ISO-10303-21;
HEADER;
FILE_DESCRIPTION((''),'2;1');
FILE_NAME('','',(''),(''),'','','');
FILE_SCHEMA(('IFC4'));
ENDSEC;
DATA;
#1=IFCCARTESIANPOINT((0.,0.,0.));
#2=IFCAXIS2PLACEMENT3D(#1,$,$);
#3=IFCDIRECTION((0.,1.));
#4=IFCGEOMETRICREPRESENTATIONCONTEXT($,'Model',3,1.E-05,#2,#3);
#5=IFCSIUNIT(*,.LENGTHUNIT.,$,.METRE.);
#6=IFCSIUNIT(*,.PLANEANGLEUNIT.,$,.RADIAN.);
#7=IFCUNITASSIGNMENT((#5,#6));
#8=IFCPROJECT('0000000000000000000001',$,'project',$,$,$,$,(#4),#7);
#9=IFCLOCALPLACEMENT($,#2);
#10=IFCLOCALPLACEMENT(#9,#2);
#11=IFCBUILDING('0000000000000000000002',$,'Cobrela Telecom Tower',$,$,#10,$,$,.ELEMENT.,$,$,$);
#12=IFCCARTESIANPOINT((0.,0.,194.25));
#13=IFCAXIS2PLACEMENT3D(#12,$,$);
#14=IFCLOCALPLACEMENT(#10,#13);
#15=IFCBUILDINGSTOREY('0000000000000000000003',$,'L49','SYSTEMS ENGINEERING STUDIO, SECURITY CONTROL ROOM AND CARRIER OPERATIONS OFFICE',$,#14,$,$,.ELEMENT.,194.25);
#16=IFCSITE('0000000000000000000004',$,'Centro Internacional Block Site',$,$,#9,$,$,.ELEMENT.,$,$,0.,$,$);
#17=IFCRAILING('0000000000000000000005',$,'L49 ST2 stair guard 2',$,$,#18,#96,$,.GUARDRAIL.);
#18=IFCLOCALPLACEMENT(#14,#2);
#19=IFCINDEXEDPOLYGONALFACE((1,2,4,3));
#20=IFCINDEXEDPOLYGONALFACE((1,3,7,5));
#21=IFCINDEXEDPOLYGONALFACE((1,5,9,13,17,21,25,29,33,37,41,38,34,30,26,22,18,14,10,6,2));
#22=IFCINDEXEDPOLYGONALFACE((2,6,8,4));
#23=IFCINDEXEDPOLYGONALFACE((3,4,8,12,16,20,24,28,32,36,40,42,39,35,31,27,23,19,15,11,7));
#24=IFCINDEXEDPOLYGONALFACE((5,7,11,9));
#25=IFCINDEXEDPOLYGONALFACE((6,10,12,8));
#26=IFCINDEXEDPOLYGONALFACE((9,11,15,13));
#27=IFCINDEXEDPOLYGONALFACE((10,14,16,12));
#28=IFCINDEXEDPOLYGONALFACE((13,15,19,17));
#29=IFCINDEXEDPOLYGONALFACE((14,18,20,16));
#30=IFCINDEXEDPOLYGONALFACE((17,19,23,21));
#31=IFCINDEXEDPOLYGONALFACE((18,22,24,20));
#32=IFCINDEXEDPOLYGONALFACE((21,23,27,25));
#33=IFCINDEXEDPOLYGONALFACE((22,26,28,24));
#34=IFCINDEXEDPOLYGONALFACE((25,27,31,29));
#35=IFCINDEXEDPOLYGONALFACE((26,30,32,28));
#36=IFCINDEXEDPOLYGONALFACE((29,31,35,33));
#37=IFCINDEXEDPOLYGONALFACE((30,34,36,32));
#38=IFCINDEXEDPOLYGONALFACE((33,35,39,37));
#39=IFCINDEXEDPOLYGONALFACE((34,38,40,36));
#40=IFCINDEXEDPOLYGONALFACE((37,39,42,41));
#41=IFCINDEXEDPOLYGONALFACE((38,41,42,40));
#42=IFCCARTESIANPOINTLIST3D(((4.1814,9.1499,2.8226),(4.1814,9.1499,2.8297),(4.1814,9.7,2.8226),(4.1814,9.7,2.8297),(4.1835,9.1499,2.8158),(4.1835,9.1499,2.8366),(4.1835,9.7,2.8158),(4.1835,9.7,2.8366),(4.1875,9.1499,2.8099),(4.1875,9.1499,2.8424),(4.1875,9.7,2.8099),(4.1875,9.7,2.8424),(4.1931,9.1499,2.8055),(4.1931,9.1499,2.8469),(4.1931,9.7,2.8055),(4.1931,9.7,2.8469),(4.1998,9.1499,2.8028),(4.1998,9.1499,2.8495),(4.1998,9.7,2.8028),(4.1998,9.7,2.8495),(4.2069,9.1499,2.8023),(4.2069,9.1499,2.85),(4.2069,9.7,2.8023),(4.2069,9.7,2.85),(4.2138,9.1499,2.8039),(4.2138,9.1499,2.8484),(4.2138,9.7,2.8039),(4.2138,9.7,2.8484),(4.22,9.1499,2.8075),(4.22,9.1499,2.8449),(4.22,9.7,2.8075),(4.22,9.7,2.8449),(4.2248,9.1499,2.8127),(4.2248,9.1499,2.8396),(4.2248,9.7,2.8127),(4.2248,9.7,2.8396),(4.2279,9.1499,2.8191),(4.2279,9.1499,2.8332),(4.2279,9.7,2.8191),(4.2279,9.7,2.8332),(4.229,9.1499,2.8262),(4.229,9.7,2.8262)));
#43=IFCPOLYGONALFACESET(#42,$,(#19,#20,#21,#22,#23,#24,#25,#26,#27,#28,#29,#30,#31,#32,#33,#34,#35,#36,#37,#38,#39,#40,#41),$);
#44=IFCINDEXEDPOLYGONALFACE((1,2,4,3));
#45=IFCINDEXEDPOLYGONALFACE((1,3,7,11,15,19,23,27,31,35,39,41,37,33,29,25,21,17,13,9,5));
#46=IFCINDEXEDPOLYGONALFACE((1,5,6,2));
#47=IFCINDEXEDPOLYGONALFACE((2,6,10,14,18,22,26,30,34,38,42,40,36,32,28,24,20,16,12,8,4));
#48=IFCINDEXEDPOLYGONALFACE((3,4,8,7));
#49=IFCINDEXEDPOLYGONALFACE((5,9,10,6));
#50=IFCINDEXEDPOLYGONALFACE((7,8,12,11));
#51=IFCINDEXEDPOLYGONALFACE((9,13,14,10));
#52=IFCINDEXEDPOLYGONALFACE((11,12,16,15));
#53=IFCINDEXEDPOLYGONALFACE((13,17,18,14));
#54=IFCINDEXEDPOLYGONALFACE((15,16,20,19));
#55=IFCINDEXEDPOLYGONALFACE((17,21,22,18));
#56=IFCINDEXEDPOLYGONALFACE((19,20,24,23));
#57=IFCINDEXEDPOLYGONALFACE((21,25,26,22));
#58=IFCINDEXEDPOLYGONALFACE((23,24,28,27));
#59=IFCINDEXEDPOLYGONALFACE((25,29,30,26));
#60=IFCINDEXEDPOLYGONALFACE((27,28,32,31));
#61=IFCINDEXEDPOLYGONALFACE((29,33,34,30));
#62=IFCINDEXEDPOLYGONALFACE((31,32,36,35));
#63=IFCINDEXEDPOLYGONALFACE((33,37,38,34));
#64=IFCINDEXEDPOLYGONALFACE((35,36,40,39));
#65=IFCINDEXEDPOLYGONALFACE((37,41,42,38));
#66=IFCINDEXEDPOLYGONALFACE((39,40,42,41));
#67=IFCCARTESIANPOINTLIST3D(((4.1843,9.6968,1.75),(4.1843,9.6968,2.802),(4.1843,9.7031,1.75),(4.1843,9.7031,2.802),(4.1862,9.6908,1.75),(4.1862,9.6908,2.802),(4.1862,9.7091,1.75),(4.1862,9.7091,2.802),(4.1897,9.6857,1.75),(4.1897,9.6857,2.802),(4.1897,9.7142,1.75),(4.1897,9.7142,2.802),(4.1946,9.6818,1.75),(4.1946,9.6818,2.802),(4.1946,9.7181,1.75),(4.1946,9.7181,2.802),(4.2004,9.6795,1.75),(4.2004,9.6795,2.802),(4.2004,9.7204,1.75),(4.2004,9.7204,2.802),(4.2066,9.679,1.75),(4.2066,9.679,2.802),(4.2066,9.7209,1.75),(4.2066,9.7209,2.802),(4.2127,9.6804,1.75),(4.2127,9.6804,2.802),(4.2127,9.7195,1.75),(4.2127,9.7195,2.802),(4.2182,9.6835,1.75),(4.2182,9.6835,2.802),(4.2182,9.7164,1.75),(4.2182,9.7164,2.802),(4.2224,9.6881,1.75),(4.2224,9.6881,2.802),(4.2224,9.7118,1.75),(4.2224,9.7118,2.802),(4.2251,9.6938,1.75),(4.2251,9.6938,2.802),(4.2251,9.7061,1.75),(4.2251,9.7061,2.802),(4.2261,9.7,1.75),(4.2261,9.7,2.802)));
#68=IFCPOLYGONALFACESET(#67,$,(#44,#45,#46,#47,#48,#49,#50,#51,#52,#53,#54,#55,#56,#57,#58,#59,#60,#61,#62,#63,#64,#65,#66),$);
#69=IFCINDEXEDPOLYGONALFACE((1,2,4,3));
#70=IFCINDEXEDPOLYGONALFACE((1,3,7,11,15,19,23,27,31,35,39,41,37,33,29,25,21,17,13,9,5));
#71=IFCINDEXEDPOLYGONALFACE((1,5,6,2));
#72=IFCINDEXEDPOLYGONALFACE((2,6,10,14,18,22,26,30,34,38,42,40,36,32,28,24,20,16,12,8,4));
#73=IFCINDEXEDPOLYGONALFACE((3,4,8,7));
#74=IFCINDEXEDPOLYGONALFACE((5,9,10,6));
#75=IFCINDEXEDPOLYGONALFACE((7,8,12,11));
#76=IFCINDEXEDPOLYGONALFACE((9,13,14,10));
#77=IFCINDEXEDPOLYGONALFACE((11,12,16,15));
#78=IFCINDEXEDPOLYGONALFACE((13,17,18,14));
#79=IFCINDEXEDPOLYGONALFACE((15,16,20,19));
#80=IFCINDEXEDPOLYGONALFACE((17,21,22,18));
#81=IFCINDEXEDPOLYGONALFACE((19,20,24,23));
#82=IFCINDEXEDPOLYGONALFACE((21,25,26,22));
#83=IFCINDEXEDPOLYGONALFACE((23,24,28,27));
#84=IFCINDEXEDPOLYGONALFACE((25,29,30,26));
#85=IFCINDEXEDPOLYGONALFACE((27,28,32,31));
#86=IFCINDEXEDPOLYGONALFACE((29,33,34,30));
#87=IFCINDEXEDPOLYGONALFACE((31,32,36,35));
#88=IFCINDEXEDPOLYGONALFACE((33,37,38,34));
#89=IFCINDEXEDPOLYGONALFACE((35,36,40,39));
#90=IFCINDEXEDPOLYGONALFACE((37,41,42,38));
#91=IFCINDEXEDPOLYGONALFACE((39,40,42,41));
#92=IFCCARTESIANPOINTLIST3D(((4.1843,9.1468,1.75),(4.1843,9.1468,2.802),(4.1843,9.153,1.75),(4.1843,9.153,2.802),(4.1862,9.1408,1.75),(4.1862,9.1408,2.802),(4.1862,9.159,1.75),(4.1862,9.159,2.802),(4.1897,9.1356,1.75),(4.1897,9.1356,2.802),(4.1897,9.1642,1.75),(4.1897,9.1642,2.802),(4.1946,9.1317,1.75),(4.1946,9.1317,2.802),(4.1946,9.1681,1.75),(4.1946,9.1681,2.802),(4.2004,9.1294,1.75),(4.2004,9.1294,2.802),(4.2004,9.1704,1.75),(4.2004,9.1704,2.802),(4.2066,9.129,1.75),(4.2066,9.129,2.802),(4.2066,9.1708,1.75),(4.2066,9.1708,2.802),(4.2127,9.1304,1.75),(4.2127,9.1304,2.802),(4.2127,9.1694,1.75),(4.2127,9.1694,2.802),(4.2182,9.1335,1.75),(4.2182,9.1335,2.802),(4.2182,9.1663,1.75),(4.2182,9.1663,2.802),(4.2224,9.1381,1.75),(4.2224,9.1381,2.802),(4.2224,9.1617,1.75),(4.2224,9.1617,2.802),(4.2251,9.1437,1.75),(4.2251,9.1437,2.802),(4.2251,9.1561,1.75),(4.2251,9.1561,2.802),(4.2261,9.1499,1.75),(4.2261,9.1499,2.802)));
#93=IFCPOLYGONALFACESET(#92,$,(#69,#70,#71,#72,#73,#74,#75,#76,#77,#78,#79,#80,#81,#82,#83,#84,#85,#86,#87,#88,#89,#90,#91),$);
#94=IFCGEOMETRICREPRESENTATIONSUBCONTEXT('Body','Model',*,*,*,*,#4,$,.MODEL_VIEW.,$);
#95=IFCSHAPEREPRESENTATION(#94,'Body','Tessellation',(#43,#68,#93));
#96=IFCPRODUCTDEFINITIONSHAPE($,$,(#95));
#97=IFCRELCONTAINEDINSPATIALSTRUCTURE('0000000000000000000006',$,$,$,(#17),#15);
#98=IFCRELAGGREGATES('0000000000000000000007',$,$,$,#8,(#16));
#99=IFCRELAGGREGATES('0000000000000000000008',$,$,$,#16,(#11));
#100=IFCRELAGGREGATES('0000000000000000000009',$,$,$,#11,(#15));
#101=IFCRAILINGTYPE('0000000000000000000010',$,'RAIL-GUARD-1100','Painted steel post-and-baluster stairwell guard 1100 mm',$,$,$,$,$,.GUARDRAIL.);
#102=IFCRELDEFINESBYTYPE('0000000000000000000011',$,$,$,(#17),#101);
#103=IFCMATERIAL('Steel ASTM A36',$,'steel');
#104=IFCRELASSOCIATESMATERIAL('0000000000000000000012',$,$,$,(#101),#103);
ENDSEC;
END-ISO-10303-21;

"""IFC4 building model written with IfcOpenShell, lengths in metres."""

from ifc_helpers import new_model, si_unit, direction, frame, origin, origin_2d, place, context, subcontext, project, spatial, circle, extrude, material, type_object, element, save


model = new_model("IFC4")

# Units and contexts
model_context = context("Model", 3, precision=1e-05, world=origin(), true_north=direction((0.0, 1.0)))
body_context = subcontext(model_context, "Body", "Model", "MODEL_VIEW")
ifc_project = project(units=[si_unit("LENGTHUNIT", "METRE"), si_unit("PLANEANGLEUNIT", "RADIAN")], contexts=[model_context])

# Site, building, storey
site_placement = place(None, origin())
site = spatial("IfcSite", under=ifc_project, at=site_placement, Name="Centro Internacional Block Site", CompositionType="ELEMENT", RefElevation=0.0)
building_placement = place(site_placement, origin())
building = spatial("IfcBuilding", under=site, at=building_placement, Name="Cobrela Telecom Tower", CompositionType="ELEMENT")
storey_placement = place(building_placement, frame((0.0, 0.0, 194.25)))
storey = spatial("IfcBuildingStorey", under=building, at=storey_placement, Name="L49", Description="SYSTEMS ENGINEERING STUDIO, SECURITY CONTROL ROOM AND CARRIER OPERATIONS OFFICE", CompositionType="ELEMENT", Elevation=194.25)

# Shared definitions
ifc_material_1 = material(Name="Steel ASTM A36", Category="steel")

# Railing
railing_type = type_object("IfcRailingType", Name="RAIL-GUARD-1100", Description="Painted steel post-and-baluster stairwell guard 1100 mm", PredefinedType="GUARDRAIL", material=ifc_material_1)
railing_1_placement = place(storey_placement, frame((4.2051, 9.7, 1.75)))
element("IfcRailing", 1, at=railing_1_placement, inside=storey, type_object=railing_type, Name="L49 ST2 stair guard 2", PredefinedType="GUARDRAIL", context=body_context, shape_type="SweptSolid", body=[
    extrude(circle(Radius=0.0239, at=origin_2d()), frame((0.0, 0.0, 1.0762), z_axis=(0.0, -1.0, 0.0), x_axis=(1.0, 0.0, 0.0)), (0.0, 0.0, 1.0), 0.55),
    extrude(circle(Radius=0.021, at=origin_2d()), origin(), (0.0, 0.0, 1.0), 1.052),
    extrude(circle(Radius=0.021, at=origin_2d()), frame((0.0, -0.55, 0.0)), (0.0, 0.0, 1.0), 1.052),
])

save(model, "model.ifc")
